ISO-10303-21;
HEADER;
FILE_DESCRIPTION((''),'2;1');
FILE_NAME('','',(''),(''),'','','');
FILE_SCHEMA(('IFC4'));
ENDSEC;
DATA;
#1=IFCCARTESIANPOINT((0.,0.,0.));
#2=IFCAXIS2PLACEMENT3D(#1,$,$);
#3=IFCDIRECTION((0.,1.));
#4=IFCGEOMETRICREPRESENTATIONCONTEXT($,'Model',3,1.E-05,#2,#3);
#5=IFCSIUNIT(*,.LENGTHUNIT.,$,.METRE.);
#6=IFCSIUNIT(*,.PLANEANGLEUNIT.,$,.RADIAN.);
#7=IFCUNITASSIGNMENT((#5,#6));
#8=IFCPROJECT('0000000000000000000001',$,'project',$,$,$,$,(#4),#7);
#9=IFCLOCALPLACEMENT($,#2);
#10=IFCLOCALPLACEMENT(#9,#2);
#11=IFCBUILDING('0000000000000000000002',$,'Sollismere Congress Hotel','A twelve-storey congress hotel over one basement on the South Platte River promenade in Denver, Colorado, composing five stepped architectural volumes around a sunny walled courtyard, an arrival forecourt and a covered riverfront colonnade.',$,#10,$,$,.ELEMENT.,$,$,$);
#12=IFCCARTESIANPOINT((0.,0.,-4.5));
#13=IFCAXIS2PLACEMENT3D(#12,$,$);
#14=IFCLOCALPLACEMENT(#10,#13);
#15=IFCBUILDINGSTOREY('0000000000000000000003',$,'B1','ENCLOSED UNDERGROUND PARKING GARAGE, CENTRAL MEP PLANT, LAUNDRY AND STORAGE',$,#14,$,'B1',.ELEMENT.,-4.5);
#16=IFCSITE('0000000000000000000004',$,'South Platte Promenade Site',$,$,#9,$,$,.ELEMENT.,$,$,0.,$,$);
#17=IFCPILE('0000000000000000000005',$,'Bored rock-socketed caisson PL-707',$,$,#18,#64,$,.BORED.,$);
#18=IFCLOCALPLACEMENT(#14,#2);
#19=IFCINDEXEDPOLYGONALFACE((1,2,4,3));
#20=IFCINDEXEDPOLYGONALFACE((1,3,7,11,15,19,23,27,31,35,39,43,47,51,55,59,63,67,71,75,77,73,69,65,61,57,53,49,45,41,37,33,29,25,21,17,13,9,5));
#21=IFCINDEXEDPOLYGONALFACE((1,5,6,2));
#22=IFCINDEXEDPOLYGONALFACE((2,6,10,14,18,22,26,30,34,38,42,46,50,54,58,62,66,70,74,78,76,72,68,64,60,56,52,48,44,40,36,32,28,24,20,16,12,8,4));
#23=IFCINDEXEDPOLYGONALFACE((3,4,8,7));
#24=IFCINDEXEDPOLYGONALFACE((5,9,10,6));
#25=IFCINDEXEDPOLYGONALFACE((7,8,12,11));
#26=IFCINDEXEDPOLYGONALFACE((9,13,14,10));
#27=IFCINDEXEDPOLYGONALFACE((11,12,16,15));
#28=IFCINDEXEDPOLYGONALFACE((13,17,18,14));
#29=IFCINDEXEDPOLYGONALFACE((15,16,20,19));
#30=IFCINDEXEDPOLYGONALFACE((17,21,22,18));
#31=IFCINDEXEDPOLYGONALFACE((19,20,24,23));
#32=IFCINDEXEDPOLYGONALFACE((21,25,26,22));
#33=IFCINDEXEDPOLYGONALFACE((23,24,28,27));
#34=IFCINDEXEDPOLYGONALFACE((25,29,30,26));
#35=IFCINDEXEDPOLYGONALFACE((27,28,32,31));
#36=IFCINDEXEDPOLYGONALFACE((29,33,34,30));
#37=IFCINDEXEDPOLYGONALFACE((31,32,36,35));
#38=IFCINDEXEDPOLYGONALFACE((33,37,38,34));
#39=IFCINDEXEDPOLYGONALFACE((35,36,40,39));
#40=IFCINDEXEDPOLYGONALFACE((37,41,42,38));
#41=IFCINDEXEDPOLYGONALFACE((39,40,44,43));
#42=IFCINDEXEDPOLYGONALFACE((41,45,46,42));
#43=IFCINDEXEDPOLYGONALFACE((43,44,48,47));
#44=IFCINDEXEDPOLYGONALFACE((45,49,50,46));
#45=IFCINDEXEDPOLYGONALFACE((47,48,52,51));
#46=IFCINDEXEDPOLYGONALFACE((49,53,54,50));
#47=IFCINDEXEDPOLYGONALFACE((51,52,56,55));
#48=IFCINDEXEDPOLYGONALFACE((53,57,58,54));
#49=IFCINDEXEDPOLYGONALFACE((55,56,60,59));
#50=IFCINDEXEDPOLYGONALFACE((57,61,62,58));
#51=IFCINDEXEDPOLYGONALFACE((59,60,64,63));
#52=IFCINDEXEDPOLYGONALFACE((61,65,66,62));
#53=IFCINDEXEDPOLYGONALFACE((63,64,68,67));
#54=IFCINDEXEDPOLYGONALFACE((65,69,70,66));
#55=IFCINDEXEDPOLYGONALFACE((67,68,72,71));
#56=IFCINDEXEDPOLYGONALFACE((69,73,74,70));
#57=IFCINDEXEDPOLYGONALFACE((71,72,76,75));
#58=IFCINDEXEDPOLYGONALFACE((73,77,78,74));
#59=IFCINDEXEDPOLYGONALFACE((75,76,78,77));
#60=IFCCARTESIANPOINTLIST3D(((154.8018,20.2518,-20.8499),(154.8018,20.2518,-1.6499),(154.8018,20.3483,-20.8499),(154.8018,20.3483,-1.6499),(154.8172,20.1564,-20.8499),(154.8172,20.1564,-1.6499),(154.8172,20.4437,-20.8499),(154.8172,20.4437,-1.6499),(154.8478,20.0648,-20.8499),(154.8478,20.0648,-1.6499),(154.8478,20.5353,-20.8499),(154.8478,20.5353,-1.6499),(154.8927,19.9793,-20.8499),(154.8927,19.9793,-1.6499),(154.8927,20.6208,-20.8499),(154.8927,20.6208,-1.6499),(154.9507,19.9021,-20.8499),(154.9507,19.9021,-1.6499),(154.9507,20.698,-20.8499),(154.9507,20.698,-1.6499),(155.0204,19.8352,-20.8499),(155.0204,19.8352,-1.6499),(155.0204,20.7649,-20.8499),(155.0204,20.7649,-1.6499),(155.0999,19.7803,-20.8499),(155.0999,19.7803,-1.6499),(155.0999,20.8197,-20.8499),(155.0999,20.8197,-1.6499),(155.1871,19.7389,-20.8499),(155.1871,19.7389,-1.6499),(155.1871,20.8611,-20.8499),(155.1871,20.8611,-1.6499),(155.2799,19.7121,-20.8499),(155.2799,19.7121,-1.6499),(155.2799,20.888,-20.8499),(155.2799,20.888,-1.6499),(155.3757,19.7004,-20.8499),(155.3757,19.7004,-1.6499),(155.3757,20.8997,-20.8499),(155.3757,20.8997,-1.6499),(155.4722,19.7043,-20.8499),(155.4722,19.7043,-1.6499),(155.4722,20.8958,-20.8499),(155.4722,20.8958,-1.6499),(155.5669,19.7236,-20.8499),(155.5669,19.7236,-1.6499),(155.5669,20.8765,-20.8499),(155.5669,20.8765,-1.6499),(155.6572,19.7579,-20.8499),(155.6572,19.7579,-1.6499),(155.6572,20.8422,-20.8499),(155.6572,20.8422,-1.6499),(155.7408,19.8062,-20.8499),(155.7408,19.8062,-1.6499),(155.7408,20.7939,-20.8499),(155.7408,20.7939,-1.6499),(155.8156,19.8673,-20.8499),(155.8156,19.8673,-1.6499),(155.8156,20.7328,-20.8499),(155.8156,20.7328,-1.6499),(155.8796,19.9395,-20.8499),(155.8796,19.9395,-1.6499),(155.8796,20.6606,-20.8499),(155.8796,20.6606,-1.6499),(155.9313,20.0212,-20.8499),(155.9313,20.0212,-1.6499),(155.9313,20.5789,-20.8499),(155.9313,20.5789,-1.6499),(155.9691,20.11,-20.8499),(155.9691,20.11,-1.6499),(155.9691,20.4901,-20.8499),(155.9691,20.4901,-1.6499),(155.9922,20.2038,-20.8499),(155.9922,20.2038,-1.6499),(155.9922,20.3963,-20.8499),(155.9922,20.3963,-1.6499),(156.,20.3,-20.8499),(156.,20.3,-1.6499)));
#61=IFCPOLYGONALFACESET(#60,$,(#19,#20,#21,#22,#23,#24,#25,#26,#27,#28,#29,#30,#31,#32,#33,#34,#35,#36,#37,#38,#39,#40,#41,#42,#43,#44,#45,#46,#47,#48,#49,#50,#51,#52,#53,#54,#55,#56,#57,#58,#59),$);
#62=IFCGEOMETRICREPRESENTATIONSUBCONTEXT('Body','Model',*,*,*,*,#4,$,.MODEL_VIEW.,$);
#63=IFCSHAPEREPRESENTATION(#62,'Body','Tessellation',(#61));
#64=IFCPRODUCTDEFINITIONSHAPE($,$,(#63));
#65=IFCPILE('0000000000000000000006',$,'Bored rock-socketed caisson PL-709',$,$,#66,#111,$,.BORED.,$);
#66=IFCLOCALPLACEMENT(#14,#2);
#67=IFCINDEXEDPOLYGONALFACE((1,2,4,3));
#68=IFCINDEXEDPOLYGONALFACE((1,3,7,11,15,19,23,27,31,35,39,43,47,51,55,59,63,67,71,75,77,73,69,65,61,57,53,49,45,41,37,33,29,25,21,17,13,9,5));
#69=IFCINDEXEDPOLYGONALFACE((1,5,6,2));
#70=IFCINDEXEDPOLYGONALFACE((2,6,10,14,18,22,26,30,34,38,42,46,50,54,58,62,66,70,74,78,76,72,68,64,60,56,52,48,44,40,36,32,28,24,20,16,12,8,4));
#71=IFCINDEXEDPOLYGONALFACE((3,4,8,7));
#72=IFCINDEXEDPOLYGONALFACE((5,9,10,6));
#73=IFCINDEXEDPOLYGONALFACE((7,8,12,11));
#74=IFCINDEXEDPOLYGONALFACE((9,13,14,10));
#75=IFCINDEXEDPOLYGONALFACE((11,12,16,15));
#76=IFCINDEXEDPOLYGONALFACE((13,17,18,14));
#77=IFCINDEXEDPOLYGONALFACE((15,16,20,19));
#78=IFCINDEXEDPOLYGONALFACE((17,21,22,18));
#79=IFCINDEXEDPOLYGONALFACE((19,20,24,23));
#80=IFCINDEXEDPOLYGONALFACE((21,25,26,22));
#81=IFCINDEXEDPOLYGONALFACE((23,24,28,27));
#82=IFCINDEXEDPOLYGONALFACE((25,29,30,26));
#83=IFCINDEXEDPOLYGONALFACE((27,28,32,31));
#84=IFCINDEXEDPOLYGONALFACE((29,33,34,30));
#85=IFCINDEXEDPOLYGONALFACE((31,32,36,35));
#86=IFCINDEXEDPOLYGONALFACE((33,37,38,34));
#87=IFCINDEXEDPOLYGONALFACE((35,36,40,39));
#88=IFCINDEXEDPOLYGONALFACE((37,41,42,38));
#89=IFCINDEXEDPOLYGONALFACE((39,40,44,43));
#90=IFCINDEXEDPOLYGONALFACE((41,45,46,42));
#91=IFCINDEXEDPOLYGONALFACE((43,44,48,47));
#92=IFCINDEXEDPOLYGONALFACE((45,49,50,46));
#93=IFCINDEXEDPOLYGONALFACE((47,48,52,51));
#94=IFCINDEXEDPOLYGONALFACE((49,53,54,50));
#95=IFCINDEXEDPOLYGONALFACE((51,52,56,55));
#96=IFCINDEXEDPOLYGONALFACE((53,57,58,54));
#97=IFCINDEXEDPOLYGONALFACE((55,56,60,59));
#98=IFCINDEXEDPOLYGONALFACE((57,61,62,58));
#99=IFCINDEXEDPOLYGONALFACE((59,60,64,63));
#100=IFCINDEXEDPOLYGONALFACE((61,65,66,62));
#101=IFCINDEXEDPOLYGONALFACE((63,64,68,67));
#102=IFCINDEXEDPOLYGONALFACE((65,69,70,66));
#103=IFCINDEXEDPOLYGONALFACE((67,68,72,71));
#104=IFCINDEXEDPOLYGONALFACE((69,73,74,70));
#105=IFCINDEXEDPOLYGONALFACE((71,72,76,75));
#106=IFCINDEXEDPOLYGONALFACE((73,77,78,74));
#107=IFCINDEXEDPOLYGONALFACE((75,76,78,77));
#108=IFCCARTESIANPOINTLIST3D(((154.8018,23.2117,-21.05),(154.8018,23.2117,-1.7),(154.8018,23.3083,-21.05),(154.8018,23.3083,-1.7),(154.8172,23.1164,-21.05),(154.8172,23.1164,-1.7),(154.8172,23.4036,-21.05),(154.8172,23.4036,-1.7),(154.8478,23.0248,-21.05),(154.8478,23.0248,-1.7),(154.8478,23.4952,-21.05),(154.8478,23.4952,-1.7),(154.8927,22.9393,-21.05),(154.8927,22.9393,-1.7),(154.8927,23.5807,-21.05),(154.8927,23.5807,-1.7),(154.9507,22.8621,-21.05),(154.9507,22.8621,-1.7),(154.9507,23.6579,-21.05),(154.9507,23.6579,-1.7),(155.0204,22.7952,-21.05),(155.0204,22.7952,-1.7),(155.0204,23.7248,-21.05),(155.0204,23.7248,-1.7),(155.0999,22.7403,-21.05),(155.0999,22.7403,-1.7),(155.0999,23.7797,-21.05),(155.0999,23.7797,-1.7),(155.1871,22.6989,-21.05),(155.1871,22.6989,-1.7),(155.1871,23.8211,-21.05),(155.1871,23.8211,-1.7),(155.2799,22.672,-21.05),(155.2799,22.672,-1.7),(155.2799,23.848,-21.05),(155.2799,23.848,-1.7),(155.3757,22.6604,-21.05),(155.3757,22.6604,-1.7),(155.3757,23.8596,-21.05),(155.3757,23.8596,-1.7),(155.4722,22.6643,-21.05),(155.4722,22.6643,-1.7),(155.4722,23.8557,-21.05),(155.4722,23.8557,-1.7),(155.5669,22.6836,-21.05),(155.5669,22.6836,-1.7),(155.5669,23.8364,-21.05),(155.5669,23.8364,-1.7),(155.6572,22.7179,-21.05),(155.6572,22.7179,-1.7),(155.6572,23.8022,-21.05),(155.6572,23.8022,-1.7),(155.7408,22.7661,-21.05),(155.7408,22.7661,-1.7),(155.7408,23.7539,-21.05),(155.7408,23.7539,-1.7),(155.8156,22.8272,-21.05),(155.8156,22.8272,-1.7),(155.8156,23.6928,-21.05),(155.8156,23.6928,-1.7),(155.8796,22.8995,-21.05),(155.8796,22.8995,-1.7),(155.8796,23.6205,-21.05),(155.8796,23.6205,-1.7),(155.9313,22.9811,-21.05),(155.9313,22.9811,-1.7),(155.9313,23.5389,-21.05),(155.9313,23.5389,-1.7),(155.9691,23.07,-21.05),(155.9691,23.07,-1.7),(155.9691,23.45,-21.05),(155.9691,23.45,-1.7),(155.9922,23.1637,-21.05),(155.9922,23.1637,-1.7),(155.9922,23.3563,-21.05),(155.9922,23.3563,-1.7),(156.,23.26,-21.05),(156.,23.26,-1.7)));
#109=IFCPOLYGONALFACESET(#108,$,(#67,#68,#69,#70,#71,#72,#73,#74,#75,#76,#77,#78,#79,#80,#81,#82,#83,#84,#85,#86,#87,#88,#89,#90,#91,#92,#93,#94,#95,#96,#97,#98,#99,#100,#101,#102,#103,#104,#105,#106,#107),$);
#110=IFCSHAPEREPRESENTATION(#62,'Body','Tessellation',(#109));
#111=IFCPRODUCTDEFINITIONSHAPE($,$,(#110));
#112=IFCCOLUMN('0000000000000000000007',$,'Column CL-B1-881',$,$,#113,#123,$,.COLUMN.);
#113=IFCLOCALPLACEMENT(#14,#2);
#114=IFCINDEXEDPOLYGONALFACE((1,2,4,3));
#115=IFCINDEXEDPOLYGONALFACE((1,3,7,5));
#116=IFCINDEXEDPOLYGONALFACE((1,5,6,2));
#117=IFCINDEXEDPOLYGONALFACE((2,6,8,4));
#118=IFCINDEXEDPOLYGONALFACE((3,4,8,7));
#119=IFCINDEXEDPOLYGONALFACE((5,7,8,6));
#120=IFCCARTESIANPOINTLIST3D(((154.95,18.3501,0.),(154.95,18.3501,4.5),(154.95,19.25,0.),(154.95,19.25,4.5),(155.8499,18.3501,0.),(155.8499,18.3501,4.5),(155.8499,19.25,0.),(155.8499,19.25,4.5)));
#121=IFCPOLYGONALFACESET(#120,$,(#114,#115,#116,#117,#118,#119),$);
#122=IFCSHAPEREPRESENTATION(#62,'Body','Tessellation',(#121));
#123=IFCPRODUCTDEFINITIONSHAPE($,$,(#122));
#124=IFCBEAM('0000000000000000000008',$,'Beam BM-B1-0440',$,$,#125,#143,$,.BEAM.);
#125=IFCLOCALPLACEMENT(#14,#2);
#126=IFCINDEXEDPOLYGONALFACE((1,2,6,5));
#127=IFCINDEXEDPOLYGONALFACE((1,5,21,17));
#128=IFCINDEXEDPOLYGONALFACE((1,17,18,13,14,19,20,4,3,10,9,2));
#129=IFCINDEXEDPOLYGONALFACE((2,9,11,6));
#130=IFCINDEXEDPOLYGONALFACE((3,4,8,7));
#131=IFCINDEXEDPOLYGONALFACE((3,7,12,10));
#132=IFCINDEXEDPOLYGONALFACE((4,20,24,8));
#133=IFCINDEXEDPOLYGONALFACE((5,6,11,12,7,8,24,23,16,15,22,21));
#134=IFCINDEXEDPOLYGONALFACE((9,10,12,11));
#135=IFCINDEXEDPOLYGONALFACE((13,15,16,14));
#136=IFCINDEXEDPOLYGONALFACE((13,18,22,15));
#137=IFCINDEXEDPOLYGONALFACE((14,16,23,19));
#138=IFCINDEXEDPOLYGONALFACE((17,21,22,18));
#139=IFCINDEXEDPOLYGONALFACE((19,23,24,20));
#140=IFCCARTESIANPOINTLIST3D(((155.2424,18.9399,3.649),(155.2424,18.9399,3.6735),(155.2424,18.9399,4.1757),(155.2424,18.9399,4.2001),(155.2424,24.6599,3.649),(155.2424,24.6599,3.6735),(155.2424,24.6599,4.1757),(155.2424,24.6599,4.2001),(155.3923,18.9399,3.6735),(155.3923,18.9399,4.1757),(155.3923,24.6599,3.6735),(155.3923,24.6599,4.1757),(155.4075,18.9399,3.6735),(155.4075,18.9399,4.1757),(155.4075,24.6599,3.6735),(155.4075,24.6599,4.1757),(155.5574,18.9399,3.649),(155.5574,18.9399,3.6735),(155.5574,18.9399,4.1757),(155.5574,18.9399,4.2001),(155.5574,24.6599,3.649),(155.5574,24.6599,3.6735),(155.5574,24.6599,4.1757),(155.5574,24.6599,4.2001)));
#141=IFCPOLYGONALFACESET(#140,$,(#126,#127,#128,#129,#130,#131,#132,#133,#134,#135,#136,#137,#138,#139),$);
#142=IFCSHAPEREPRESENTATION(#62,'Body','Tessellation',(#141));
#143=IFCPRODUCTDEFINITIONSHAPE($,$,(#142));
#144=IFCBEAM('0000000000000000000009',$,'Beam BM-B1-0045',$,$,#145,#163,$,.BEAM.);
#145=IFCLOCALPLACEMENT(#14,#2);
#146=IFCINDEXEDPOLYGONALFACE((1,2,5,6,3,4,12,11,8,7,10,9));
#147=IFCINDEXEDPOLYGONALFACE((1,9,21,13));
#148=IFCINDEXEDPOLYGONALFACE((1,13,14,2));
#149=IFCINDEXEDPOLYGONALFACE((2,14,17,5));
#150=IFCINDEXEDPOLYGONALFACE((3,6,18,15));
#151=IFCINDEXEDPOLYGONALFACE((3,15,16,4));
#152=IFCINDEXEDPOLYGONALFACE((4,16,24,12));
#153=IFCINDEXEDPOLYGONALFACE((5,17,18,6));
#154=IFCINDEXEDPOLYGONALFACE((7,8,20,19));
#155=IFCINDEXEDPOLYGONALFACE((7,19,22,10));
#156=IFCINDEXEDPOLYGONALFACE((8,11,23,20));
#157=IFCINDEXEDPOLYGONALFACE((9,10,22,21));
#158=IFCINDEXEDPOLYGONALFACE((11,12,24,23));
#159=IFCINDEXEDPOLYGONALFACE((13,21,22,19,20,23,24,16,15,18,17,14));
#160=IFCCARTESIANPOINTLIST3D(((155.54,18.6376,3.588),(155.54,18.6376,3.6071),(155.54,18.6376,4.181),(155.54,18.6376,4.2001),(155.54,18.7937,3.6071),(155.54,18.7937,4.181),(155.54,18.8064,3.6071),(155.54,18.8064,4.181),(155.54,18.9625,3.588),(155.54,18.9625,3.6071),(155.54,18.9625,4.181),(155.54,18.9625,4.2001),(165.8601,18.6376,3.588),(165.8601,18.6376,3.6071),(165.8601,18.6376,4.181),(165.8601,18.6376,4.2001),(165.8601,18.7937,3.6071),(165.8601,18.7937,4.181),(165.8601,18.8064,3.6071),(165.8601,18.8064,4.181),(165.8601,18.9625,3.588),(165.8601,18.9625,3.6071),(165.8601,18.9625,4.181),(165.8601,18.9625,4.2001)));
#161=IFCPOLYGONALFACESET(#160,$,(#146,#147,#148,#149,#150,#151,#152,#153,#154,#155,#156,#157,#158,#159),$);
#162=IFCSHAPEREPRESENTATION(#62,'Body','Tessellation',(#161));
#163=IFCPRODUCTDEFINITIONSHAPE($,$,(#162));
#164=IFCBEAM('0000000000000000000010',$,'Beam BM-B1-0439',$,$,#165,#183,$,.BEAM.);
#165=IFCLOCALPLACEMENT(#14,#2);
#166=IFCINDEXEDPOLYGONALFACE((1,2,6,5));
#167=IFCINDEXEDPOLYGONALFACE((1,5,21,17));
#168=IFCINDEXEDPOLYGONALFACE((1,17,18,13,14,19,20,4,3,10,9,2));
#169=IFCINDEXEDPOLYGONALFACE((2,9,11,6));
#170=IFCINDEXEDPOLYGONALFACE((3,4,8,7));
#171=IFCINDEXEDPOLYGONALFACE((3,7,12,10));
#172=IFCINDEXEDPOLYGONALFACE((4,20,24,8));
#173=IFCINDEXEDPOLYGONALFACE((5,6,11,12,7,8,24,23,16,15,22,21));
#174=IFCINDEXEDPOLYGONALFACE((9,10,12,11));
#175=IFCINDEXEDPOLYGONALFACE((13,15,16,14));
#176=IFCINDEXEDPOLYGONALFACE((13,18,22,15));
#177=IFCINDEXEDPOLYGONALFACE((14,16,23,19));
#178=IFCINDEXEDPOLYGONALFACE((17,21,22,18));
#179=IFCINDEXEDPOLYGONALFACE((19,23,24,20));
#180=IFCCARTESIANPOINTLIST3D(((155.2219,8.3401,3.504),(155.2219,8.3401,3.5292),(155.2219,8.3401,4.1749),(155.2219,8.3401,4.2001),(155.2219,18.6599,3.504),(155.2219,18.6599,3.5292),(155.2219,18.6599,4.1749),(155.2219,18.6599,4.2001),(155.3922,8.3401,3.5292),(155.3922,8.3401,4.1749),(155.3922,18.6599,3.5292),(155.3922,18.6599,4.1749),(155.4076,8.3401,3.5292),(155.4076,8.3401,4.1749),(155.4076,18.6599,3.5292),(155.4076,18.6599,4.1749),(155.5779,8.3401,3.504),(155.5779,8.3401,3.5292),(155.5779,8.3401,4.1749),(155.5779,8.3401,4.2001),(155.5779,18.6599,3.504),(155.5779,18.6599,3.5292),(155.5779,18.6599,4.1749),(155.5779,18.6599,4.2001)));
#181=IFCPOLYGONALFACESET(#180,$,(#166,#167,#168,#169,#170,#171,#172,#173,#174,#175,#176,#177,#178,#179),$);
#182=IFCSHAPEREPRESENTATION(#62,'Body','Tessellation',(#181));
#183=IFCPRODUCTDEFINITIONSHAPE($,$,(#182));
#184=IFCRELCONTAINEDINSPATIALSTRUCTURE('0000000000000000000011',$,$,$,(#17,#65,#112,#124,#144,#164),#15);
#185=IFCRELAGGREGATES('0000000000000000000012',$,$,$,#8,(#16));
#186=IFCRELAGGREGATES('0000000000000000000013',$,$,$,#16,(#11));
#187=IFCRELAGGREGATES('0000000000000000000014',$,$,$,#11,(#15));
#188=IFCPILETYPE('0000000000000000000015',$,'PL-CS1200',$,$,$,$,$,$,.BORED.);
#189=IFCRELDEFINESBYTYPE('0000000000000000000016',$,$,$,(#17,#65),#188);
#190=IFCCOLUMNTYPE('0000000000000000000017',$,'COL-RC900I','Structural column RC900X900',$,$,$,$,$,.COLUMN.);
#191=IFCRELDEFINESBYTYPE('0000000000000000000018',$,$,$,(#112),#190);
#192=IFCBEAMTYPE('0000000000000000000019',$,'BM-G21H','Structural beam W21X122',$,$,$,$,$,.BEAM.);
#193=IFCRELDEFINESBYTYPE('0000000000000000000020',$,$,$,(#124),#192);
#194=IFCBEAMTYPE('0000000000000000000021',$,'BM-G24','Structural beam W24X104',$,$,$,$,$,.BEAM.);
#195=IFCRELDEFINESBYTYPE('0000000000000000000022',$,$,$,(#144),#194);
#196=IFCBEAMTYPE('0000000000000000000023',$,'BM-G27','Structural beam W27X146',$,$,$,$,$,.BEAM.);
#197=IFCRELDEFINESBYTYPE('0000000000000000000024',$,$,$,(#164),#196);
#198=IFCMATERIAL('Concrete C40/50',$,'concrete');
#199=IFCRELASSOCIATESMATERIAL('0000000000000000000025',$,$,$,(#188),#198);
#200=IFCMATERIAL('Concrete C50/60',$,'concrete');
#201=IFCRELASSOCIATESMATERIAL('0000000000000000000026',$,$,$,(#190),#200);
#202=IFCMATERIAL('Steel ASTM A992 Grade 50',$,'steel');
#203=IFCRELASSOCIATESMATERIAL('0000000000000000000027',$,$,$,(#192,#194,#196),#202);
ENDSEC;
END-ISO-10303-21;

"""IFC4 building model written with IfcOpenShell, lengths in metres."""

from ifc_helpers import new_model, si_unit, direction, frame, origin, origin_2d, place, context, subcontext, project, spatial, rectangle, circle, i_section, extrude, material, material_profile, profile_set, type_object, element, save


model = new_model("IFC4")

# Units and contexts
model_context = context("Model", 3, precision=1e-05, world=origin(), true_north=direction((0.0, 1.0)))
body_context = subcontext(model_context, "Body", "Model", "MODEL_VIEW")
ifc_project = project(units=[si_unit("LENGTHUNIT", "METRE"), si_unit("PLANEANGLEUNIT", "RADIAN")], contexts=[model_context])

# Site, building, storey
site_placement = place(None, origin())
site = spatial("IfcSite", under=ifc_project, at=site_placement, Name="South Platte Promenade Site", CompositionType="ELEMENT", RefElevation=0.0)
building_placement = place(site_placement, origin())
building = spatial("IfcBuilding", under=site, at=building_placement, Name="Sollismere Congress Hotel", Description="A twelve-storey congress hotel over one basement on the South Platte River promenade in Denver, Colorado, composing five stepped architectural volumes around a sunny walled courtyard, an arrival forecourt and a covered riverfront colonnade.", CompositionType="ELEMENT")
storey_placement = place(building_placement, frame((0.0, 0.0, -4.5)))
storey = spatial("IfcBuildingStorey", under=building, at=storey_placement, Name="B1", Description="ENCLOSED UNDERGROUND PARKING GARAGE, CENTRAL MEP PLANT, LAUNDRY AND STORAGE", LongName="B1", CompositionType="ELEMENT", Elevation=-4.5)

# Shared definitions
ifc_material_1 = material(Name="Concrete C40/50", Category="concrete")

# Piles
ifc_material_profile_1 = material_profile(ifc_material_1, circle(Radius=0.6001, at=origin_2d()), Name="CAISSON1200")
ifc_profile_set_1 = profile_set([ifc_material_profile_1], Name="Concrete C40/50")
pile_type = type_object("IfcPileType", Name="PL-CS1200", PredefinedType="BORED", material=ifc_profile_set_1)
for number, where, z_axis, x_axis, name in (
    (1, (155.3999, 20.3, -1.6499), (0.0, 0.0, -1.0), (1.0, 0.0, 0.0), "Bored rock-socketed caisson PL-707"),
):
    element("IfcPile", number, at=place(storey_placement, frame(where, z_axis=z_axis, x_axis=x_axis)), inside=storey, type_object=pile_type, Name=name, PredefinedType="BORED", context=body_context, shape_type="SweptSolid", body=[
        extrude(circle(Radius=0.6001, at=origin_2d()), origin(), (0.0, 0.0, 1.0), 19.2),
    ])
pile_placement = place(storey_placement, frame((155.3999, 23.26, -1.7), z_axis=(0.0, 0.0, -1.0), x_axis=(1.0, 0.0, 0.0)))
element("IfcPile", 2, at=pile_placement, inside=storey, type_object=pile_type, Name="Bored rock-socketed caisson PL-709", PredefinedType="BORED", context=body_context, shape_type="SweptSolid", body=[
    extrude(circle(Radius=0.6001, at=origin_2d()), origin(), (0.0, 0.0, 1.0), 19.3501),
])

# Column
ifc_material_2 = material(Name="Concrete C50/60", Category="concrete")
ifc_material_profile_2 = material_profile(ifc_material_2, rectangle(XDim=0.8999, YDim=0.8999, at=origin_2d()), Name="RC900X900")
ifc_profile_set_2 = profile_set([ifc_material_profile_2], Name="Concrete C50/60")
column_type = type_object("IfcColumnType", Name="COL-RC900I", Description="Structural column RC900X900", PredefinedType="COLUMN", material=ifc_profile_set_2)
column_placement = place(storey_placement, frame((155.3999, 18.8, 0.0), z_axis=(0.0, 0.0, 1.0), x_axis=(0.0, 1.0, 0.0)))
element("IfcColumn", 3, at=column_placement, inside=storey, type_object=column_type, Name="Column CL-B1-881", PredefinedType="COLUMN", context=body_context, shape_type="SweptSolid", body=[
    extrude(rectangle(XDim=0.8999, YDim=0.8999, at=origin_2d()), origin(), (0.0, 0.0, 1.0), 4.5),
])

# Beams
ifc_material_3 = material(Name="Steel ASTM A992 Grade 50", Category="steel")
ifc_material_profile_3 = material_profile(ifc_material_3, i_section(OverallWidth=0.3149, OverallDepth=0.551, WebThickness=0.0151, FlangeThickness=0.0244, at=origin_2d()), Name="W21X122")
ifc_profile_set_3 = profile_set([ifc_material_profile_3], Name="Steel ASTM A992 Grade 50")
beam_type_1 = type_object("IfcBeamType", Name="BM-G21H", Description="Structural beam W21X122", PredefinedType="BEAM", material=ifc_profile_set_3)
beam_1_placement = place(storey_placement, frame((155.3999, 18.9399, 3.9246), z_axis=(0.0, 1.0, 0.0), x_axis=(-1.0, 0.0, 0.0)))
element("IfcBeam", 4, at=beam_1_placement, inside=storey, type_object=beam_type_1, Name="Beam BM-B1-0440", PredefinedType="BEAM", context=body_context, shape_type="SweptSolid", body=[
    extrude(i_section(OverallWidth=0.3149, OverallDepth=0.551, WebThickness=0.0151, FlangeThickness=0.0244, at=origin_2d()), origin(), (0.0, 0.0, 1.0), 5.72),
])
ifc_material_profile_4 = material_profile(ifc_material_3, i_section(OverallWidth=0.325, OverallDepth=0.6121, WebThickness=0.0127, FlangeThickness=0.019, at=origin_2d()), Name="W24X104")
ifc_profile_set_4 = profile_set([ifc_material_profile_4], Name="Steel ASTM A992 Grade 50")
beam_type_2 = type_object("IfcBeamType", Name="BM-G24", Description="Structural beam W24X104", PredefinedType="BEAM", material=ifc_profile_set_4)
beam_2_placement = place(storey_placement, frame((155.54, 18.8, 3.894), z_axis=(1.0, 0.0, 0.0), x_axis=(0.0, 1.0, 0.0)))
element("IfcBeam", 5, at=beam_2_placement, inside=storey, type_object=beam_type_2, Name="Beam BM-B1-0045", PredefinedType="BEAM", context=body_context, shape_type="SweptSolid", body=[
    extrude(i_section(OverallWidth=0.325, OverallDepth=0.6121, WebThickness=0.0127, FlangeThickness=0.019, at=origin_2d()), origin(), (0.0, 0.0, 1.0), 10.3201),
])
ifc_material_profile_5 = material_profile(ifc_material_3, i_section(OverallWidth=0.356, OverallDepth=0.696, WebThickness=0.0154, FlangeThickness=0.0251, at=origin_2d()), Name="W27X146")
ifc_profile_set_5 = profile_set([ifc_material_profile_5], Name="Steel ASTM A992 Grade 50")
beam_type_3 = type_object("IfcBeamType", Name="BM-G27", Description="Structural beam W27X146", PredefinedType="BEAM", material=ifc_profile_set_5)
beam_3_placement = place(storey_placement, frame((155.3999, 8.3401, 3.8521), z_axis=(0.0, 1.0, 0.0), x_axis=(-1.0, 0.0, 0.0)))
element("IfcBeam", 6, at=beam_3_placement, inside=storey, type_object=beam_type_3, Name="Beam BM-B1-0439", PredefinedType="BEAM", context=body_context, shape_type="SweptSolid", body=[
    extrude(i_section(OverallWidth=0.356, OverallDepth=0.696, WebThickness=0.0154, FlangeThickness=0.0251, at=origin_2d()), origin(), (0.0, 0.0, 1.0), 10.3198),
])

save(model, "model.ifc")
